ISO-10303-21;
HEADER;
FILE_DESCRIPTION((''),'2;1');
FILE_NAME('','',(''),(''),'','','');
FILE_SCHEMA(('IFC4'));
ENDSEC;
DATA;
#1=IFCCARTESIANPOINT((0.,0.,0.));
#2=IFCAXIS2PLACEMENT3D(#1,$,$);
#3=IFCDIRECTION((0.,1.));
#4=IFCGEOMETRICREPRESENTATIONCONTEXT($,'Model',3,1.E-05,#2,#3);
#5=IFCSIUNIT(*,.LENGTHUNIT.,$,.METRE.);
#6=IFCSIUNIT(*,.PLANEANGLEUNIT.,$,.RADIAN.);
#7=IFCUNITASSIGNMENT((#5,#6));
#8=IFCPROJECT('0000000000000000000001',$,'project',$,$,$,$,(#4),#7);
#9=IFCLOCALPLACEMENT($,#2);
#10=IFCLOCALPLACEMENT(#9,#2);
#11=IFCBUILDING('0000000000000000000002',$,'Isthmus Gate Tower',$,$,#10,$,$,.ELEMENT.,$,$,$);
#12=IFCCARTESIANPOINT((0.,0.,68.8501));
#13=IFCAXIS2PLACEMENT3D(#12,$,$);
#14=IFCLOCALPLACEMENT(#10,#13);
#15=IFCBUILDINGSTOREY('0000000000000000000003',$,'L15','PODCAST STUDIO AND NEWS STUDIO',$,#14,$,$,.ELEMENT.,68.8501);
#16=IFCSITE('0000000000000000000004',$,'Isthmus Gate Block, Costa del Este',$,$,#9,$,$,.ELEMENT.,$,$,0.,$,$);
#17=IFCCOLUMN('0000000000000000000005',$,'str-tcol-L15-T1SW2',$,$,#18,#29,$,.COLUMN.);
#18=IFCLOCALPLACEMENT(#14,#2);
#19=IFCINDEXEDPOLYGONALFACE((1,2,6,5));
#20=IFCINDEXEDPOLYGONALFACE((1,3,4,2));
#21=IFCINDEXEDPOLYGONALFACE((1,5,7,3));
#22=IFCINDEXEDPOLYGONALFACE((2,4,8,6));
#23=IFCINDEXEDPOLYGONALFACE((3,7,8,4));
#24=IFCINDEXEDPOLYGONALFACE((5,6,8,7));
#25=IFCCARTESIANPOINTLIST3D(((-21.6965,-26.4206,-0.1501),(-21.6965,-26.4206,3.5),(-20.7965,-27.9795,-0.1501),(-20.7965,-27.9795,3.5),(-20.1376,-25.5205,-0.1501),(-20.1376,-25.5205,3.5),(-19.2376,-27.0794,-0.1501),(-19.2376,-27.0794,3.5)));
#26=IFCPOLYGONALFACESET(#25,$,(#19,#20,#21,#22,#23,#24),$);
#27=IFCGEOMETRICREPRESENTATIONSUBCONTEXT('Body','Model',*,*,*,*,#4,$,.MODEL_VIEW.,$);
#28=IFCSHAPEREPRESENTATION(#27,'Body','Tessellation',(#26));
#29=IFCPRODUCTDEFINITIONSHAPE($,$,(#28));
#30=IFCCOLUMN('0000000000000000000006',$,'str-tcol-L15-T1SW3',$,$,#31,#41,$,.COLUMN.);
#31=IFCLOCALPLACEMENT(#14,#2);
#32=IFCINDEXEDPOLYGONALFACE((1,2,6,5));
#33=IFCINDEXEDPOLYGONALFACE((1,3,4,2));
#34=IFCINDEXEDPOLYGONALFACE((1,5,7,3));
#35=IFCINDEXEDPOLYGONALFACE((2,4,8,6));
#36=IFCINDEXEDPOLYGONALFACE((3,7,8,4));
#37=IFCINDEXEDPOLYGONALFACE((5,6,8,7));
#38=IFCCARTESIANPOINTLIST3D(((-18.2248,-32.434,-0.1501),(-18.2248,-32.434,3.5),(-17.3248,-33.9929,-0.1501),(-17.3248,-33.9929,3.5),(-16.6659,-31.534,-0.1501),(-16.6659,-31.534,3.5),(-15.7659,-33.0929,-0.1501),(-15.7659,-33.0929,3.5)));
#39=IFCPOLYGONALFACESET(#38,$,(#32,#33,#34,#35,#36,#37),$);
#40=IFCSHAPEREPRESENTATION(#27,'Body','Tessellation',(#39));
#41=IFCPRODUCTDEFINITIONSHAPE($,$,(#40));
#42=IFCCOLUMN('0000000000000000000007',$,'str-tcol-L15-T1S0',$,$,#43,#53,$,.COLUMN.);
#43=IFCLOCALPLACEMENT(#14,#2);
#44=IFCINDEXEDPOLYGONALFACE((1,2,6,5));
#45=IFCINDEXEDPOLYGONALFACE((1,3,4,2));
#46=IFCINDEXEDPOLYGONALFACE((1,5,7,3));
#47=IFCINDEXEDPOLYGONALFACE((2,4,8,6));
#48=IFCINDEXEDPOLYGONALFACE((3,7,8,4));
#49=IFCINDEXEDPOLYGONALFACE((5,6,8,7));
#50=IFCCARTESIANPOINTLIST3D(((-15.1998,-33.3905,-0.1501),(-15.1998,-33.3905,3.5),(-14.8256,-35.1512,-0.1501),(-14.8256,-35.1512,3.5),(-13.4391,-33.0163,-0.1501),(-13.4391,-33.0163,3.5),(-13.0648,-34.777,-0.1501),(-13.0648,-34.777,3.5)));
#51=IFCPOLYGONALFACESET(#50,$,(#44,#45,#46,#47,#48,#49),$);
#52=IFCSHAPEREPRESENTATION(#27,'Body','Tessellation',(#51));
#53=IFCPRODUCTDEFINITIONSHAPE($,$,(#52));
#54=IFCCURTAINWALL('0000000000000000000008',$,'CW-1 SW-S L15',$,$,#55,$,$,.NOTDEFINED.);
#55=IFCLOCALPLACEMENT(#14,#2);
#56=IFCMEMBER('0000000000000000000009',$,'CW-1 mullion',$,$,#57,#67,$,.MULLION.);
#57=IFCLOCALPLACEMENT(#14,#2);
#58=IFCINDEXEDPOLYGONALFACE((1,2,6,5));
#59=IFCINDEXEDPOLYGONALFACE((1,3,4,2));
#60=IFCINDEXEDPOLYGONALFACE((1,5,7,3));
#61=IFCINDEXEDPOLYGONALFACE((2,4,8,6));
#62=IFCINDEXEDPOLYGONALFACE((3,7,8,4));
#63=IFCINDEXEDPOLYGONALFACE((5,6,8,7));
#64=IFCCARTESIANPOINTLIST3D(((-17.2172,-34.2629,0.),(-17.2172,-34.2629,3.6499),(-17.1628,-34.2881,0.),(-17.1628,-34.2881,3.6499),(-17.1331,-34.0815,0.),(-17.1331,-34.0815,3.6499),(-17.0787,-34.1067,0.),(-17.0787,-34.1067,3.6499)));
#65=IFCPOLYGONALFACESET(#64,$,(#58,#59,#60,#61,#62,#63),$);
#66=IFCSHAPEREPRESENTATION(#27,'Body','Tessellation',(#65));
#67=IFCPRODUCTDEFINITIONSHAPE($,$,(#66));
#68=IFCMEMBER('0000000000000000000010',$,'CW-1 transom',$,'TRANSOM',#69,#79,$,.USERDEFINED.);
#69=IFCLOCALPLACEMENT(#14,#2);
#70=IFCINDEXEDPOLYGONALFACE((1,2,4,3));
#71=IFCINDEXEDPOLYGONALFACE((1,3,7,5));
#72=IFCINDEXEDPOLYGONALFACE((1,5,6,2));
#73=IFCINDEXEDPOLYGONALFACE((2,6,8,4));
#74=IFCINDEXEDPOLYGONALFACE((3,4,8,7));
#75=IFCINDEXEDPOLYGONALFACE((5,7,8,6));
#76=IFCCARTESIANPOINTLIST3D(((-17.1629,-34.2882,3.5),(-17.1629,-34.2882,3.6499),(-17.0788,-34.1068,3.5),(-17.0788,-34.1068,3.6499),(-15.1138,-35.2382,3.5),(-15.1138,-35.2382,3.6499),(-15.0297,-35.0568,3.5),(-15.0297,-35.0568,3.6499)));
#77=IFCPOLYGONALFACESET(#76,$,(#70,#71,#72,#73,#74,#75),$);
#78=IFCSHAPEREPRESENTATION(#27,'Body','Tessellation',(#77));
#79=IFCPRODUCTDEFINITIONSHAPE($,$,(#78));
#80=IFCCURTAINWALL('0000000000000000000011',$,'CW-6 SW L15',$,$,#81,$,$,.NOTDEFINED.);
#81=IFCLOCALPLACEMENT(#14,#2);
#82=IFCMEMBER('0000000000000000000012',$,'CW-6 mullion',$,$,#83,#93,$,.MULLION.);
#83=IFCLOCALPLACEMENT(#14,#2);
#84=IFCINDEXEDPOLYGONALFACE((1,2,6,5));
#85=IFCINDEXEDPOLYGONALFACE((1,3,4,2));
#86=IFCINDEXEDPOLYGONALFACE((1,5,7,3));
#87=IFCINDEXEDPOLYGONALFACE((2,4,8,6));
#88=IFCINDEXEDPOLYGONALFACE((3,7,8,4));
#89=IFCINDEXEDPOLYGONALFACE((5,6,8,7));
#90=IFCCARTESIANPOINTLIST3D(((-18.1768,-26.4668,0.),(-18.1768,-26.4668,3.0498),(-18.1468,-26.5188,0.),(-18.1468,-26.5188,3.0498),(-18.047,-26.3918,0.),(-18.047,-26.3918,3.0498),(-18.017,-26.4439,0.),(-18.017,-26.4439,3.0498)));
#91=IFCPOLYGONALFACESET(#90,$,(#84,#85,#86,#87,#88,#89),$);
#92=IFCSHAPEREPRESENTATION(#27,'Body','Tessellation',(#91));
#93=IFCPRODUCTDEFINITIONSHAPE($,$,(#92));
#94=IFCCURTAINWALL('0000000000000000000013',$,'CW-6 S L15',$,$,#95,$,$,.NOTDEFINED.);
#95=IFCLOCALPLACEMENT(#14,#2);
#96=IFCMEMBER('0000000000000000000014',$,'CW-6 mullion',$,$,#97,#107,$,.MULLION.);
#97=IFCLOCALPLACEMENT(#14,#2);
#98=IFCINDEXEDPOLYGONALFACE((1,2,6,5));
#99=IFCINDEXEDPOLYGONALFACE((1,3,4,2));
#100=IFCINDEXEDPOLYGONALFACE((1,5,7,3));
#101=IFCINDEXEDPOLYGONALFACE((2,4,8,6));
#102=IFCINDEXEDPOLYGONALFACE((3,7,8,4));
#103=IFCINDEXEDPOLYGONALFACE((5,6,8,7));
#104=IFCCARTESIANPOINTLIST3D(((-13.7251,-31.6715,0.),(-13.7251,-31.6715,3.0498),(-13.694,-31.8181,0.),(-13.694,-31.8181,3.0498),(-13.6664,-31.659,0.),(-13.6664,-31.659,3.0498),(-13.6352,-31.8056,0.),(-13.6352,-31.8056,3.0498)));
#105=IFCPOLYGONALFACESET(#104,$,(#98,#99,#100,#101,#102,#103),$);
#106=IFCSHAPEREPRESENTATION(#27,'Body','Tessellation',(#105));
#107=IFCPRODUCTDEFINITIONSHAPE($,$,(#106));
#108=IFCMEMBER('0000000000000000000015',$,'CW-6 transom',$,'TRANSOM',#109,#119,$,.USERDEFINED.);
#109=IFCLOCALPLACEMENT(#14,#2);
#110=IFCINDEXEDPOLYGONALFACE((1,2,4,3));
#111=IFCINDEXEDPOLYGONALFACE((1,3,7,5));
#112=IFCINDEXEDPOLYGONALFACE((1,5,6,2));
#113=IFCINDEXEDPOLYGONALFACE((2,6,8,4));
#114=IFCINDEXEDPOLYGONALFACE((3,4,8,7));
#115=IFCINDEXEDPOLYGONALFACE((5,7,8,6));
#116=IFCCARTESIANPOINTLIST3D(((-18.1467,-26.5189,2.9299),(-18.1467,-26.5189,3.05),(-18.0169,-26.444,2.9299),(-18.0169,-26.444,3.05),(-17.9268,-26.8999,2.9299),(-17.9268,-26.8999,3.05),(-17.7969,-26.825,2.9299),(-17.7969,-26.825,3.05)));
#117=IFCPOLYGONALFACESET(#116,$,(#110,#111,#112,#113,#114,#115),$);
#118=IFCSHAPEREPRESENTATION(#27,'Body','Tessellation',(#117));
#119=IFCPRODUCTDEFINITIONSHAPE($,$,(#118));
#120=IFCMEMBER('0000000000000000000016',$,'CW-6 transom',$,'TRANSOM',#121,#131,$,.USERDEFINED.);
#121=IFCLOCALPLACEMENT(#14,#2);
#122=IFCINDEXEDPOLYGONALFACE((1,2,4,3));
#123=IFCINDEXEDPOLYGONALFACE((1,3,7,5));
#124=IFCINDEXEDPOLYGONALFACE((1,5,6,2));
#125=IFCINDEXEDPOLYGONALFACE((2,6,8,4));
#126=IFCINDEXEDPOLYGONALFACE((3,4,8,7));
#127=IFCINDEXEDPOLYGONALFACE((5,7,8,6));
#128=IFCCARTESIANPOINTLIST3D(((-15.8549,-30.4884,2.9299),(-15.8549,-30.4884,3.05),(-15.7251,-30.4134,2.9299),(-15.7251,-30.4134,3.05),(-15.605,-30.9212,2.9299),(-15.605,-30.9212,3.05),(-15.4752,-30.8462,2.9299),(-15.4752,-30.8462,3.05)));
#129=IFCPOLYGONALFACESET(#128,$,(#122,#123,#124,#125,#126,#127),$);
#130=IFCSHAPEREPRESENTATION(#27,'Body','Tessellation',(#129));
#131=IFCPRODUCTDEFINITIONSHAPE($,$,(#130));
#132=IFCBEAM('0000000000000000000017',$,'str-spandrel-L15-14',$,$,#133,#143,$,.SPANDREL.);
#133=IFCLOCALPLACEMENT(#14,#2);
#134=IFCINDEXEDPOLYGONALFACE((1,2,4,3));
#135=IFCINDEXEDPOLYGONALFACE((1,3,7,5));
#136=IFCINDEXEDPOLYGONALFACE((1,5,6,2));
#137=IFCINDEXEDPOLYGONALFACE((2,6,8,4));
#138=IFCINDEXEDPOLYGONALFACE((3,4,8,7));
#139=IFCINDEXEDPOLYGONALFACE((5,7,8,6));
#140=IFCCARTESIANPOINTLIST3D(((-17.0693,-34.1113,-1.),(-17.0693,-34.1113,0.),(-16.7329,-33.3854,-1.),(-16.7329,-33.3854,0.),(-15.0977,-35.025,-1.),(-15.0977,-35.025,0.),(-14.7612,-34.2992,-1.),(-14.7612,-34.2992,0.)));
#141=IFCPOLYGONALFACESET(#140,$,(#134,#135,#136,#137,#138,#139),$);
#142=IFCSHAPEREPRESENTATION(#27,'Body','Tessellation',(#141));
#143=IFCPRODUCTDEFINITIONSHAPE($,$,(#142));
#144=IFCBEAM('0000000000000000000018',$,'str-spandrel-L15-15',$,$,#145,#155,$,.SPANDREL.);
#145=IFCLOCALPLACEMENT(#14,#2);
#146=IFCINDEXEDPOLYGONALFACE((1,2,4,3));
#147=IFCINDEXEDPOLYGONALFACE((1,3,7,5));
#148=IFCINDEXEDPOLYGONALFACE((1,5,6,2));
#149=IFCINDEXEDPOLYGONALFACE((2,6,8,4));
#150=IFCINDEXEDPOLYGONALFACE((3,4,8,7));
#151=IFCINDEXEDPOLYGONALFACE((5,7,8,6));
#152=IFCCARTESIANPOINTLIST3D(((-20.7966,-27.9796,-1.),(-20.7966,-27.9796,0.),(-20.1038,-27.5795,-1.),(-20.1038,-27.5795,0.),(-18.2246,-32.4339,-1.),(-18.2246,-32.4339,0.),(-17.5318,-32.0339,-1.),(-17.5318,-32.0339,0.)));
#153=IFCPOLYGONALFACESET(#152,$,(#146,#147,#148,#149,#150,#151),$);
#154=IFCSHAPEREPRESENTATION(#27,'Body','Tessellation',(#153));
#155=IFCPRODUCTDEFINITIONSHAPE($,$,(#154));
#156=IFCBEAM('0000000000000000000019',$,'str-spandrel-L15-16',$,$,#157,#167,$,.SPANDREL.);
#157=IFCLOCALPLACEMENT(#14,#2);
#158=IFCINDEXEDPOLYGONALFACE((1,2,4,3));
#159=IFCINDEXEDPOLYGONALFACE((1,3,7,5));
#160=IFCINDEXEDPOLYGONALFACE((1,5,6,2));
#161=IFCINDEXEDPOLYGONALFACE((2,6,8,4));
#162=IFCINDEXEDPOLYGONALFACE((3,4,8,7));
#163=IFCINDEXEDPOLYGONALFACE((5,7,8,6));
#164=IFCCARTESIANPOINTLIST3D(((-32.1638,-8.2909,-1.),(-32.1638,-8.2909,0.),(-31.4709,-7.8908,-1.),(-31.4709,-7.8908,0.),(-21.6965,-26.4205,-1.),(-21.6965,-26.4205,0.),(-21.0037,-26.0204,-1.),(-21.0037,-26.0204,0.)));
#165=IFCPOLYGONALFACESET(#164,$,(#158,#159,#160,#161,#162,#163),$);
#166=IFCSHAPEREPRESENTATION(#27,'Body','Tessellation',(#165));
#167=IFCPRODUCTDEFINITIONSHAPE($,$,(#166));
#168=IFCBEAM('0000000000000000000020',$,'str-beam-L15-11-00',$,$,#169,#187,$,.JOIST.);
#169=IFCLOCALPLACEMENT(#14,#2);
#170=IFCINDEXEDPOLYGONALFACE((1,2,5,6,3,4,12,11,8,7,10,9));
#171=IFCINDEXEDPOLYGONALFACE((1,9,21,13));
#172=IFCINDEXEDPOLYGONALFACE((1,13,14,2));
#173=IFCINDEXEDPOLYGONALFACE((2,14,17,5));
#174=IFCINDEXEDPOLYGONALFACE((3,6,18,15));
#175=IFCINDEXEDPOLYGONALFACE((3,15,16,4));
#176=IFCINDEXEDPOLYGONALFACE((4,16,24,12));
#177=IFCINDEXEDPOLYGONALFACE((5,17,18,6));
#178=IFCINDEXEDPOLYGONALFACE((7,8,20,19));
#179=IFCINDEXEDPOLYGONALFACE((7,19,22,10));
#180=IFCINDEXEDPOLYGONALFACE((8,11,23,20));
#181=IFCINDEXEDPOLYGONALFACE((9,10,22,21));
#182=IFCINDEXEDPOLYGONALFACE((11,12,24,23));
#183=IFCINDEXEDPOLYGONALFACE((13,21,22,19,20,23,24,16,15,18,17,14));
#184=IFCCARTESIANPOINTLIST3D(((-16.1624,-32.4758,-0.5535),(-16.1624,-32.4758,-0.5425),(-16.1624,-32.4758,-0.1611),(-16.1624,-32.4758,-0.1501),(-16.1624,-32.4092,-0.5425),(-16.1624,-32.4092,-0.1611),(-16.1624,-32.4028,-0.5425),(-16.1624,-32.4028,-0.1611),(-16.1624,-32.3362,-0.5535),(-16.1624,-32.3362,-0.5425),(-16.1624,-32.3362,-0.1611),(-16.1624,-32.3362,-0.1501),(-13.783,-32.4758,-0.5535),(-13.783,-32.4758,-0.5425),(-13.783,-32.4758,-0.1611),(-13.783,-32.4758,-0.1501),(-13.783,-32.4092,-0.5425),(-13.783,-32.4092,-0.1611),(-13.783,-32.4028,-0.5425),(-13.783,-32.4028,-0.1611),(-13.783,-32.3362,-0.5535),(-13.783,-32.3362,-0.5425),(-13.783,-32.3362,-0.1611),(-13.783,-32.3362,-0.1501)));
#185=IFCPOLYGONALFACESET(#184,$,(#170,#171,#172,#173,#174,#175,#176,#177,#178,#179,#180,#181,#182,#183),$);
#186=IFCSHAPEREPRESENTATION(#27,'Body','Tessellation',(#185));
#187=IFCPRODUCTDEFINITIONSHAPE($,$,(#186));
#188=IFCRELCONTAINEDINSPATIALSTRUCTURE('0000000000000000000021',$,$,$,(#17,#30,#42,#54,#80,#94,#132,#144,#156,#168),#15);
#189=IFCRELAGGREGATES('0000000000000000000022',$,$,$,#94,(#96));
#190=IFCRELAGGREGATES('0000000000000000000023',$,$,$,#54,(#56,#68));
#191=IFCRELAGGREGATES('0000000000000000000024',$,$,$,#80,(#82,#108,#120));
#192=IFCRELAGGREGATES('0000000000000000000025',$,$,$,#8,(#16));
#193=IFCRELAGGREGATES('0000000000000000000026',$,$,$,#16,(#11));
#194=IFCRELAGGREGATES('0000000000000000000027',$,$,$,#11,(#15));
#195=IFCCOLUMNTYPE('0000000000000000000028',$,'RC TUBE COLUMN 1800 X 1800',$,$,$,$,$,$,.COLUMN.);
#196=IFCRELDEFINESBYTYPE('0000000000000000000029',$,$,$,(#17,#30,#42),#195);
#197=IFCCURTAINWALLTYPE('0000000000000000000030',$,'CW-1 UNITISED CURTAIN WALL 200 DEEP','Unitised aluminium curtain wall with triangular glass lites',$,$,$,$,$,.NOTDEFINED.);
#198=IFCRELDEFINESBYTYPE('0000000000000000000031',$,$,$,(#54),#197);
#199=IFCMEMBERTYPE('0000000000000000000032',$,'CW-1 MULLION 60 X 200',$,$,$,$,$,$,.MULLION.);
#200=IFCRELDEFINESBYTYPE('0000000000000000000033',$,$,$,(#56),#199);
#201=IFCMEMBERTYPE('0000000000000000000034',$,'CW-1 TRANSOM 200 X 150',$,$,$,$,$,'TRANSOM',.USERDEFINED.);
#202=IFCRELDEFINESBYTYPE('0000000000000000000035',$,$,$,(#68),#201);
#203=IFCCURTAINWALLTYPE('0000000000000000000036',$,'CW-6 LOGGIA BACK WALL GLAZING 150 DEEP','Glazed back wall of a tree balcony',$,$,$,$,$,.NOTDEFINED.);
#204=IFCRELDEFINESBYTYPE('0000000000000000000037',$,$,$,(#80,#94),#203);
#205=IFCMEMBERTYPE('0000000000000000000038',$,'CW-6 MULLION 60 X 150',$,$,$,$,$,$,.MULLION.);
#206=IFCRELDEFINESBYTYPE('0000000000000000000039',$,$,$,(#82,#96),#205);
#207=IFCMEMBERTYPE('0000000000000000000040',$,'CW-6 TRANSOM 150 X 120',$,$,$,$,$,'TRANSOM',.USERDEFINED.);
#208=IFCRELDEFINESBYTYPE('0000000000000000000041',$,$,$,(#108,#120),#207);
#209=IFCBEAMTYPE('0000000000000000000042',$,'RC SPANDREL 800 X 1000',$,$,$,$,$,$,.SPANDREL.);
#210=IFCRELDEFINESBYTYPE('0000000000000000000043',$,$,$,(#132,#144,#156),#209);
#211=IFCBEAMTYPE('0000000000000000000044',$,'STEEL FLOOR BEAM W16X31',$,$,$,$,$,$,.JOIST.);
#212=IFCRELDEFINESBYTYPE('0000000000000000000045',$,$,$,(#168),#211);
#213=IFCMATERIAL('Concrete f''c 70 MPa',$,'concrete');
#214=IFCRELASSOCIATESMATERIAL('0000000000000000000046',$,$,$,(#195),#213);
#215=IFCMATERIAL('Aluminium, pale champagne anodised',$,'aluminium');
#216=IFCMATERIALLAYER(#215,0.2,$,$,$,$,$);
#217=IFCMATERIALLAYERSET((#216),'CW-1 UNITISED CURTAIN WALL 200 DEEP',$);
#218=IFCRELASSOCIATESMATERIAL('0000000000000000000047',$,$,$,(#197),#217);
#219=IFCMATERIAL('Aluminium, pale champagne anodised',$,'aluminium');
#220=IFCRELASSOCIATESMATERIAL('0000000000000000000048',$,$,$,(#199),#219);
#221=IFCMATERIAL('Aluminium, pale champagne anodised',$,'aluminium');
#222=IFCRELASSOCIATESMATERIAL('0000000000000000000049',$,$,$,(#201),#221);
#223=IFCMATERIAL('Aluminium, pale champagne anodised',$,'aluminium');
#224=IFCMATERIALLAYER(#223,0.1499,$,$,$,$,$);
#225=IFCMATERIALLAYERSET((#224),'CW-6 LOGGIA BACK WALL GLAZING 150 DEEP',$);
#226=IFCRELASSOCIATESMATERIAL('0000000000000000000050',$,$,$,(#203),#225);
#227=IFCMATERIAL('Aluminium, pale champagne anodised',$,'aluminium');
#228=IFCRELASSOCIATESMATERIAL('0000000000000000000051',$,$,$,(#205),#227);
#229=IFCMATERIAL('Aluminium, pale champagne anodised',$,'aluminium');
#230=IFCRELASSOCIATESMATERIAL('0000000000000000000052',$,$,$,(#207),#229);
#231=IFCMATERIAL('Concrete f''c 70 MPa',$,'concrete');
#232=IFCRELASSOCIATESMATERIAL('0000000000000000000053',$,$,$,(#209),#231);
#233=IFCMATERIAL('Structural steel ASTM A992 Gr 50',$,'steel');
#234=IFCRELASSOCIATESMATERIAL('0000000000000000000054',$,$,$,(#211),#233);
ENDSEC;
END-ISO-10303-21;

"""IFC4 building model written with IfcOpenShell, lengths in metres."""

from ifc_helpers import new_model, si_unit, direction, frame, origin, origin_2d, place, context, subcontext, project, spatial, rectangle, i_section, extrude, material, layer, layer_set, material_profile, profile_set, type_object, element, aggregate, save


model = new_model("IFC4")

# Units and contexts
model_context = context("Model", 3, precision=1e-05, world=origin(), true_north=direction((0.0, 1.0)))
body_context = subcontext(model_context, "Body", "Model", "MODEL_VIEW")
ifc_project = project(units=[si_unit("LENGTHUNIT", "METRE"), si_unit("PLANEANGLEUNIT", "RADIAN")], contexts=[model_context])

# Site, building, storey
site_placement = place(None, origin())
site = spatial("IfcSite", under=ifc_project, at=site_placement, Name="Isthmus Gate Block, Costa del Este", CompositionType="ELEMENT", RefElevation=0.0)
building_placement = place(site_placement, origin())
building = spatial("IfcBuilding", under=site, at=building_placement, Name="Isthmus Gate Tower", CompositionType="ELEMENT")
storey_placement = place(building_placement, frame((0.0, 0.0, 68.8501)))
storey = spatial("IfcBuildingStorey", under=building, at=storey_placement, Name="L15", Description="PODCAST STUDIO AND NEWS STUDIO", CompositionType="ELEMENT", Elevation=68.8501)

# Columns
ifc_material_1 = material(Name="Concrete f'c 70 MPa", Category="concrete")
ifc_material_profile_1 = material_profile(ifc_material_1, rectangle(XDim=1.8, YDim=1.8, at=origin_2d()), Name="RC 1800X1800")
ifc_profile_set_1 = profile_set([ifc_material_profile_1], Name="Concrete f'c 70 MPa")
column_type = type_object("IfcColumnType", Name="RC TUBE COLUMN 1800 X 1800", PredefinedType="COLUMN", material=ifc_profile_set_1)
for number, where, z_axis, x_axis, name in (
    (1, (-20.467, -26.75, -0.1501), (0.0, 0.0, 1.0), (0.5, -0.866025, 0.0), "str-tcol-L15-T1SW2"),
    (2, (-16.9954, -32.7634, -0.1501), (0.0, 0.0, 1.0), (0.5, -0.866025, 0.0), "str-tcol-L15-T1SW3"),
    (3, (-14.1323, -34.0837, -0.1501), (0.0, 0.0, 1.0), (0.978148, 0.207912, 0.0), "str-tcol-L15-T1S0"),
):
    element("IfcColumn", number, at=place(storey_placement, frame(where, z_axis=z_axis, x_axis=x_axis)), inside=storey, type_object=column_type, Name=name, PredefinedType="COLUMN", context=body_context, shape_type="SweptSolid", body=[
        extrude(rectangle(XDim=1.8, YDim=1.8, at=origin_2d()), origin(), (0.0, 0.0, 1.0), 3.6501),
    ])

# Curtain wall, members
ifc_material_2 = material(Name="Aluminium, pale champagne anodised", Category="aluminium")
ifc_layer_1 = layer(ifc_material_2, 0.2)
ifc_layer_set_1 = layer_set([ifc_layer_1], Name="CW-1 UNITISED CURTAIN WALL 200 DEEP")
curtain_wall_type_1 = type_object("IfcCurtainWallType", Name="CW-1 UNITISED CURTAIN WALL 200 DEEP", Description="Unitised aluminium curtain wall with triangular glass lites", PredefinedType="NOTDEFINED", material=ifc_layer_set_1)
curtain_wall_1_placement = place(storey_placement, origin())
curtain_wall_1 = element("IfcCurtainWall", 4, at=curtain_wall_1_placement, inside=storey, type_object=curtain_wall_type_1, Name="CW-1 SW-S L15", PredefinedType="NOTDEFINED")
ifc_material_3 = material(Name="Aluminium, pale champagne anodised", Category="aluminium")
ifc_material_profile_2 = material_profile(ifc_material_3, rectangle(XDim=0.0601, YDim=0.2, at=origin_2d()), Name="60x200")
ifc_profile_set_2 = profile_set([ifc_material_profile_2], Name="Aluminium, pale champagne anodised")
member_type_1 = type_object("IfcMemberType", Name="CW-1 MULLION 60 X 200", PredefinedType="MULLION", material=ifc_profile_set_2)
member_1_placement = place(storey_placement, frame((-17.1479, -34.1848, 0.0), z_axis=(0.0, 0.0, 1.0), x_axis=(0.907256, -0.420578, 0.0)))
member_1 = element("IfcMember", 5, at=member_1_placement, type_object=member_type_1, Name="CW-1 mullion", PredefinedType="MULLION", context=body_context, shape_type="SweptSolid", body=[
    extrude(rectangle(XDim=0.0601, YDim=0.2, at=origin_2d()), origin(), (0.0, 0.0, 1.0), 3.6499),
])
ifc_material_4 = material(Name="Aluminium, pale champagne anodised", Category="aluminium")
ifc_material_profile_3 = material_profile(ifc_material_4, rectangle(XDim=0.2, YDim=0.1499, at=origin_2d()), Name="200x150")
ifc_profile_set_3 = profile_set([ifc_material_profile_3], Name="Aluminium, pale champagne anodised")
member_type_2 = type_object("IfcMemberType", Name="CW-1 TRANSOM 200 X 150", ElementType="TRANSOM", PredefinedType="USERDEFINED", material=ifc_profile_set_3)
member_2_placement = place(storey_placement, frame((-17.1208, -34.1975, 3.575), z_axis=(0.907246, -0.4206, 0.0), x_axis=(0.4206, 0.907246, 0.0)))
member_2 = element("IfcMember", 6, at=member_2_placement, type_object=member_type_2, Name="CW-1 transom", ObjectType="TRANSOM", PredefinedType="USERDEFINED", context=body_context, shape_type="SweptSolid", body=[
    extrude(rectangle(XDim=0.2, YDim=0.1499, at=origin_2d()), origin(), (0.0, 0.0, 1.0), 2.2585),
])

# Curtain walls, members
ifc_material_5 = material(Name="Aluminium, pale champagne anodised", Category="aluminium")
ifc_layer_2 = layer(ifc_material_5, 0.1499)
ifc_layer_set_2 = layer_set([ifc_layer_2], Name="CW-6 LOGGIA BACK WALL GLAZING 150 DEEP")
curtain_wall_type_2 = type_object("IfcCurtainWallType", Name="CW-6 LOGGIA BACK WALL GLAZING 150 DEEP", Description="Glazed back wall of a tree balcony", PredefinedType="NOTDEFINED", material=ifc_layer_set_2)
curtain_wall_2_placement = place(storey_placement, origin())
curtain_wall_2 = element("IfcCurtainWall", 7, at=curtain_wall_2_placement, inside=storey, type_object=curtain_wall_type_2, Name="CW-6 SW L15", PredefinedType="NOTDEFINED")
ifc_material_6 = material(Name="Aluminium, pale champagne anodised", Category="aluminium")
ifc_material_profile_4 = material_profile(ifc_material_6, rectangle(XDim=0.0601, YDim=0.1499, at=origin_2d()), Name="60x150")
ifc_profile_set_4 = profile_set([ifc_material_profile_4], Name="Aluminium, pale champagne anodised")
member_type_3 = type_object("IfcMemberType", Name="CW-6 MULLION 60 X 150", PredefinedType="MULLION", material=ifc_profile_set_4)
member_3_placement = place(storey_placement, frame((-18.0969, -26.4553, 0.0), z_axis=(0.0, 0.0, 1.0), x_axis=(0.5, -0.866025, 0.0)))
member_3 = element("IfcMember", 8, at=member_3_placement, type_object=member_type_3, Name="CW-6 mullion", PredefinedType="MULLION", context=body_context, shape_type="SweptSolid", body=[
    extrude(rectangle(XDim=0.0601, YDim=0.1499, at=origin_2d()), origin(), (0.0, 0.0, 1.0), 3.0498),
])
curtain_wall_3_placement = place(storey_placement, origin())
curtain_wall_3 = element("IfcCurtainWall", 9, at=curtain_wall_3_placement, inside=storey, type_object=curtain_wall_type_2, Name="CW-6 S L15", PredefinedType="NOTDEFINED")
member_4_placement = place(storey_placement, frame((-13.6802, -31.7385, 0.0), z_axis=(0.0, 0.0, 1.0), x_axis=(0.978148, 0.207912, 0.0)))
member_4 = element("IfcMember", 10, at=member_4_placement, type_object=member_type_3, Name="CW-6 mullion", PredefinedType="MULLION", context=body_context, shape_type="SweptSolid", body=[
    extrude(rectangle(XDim=0.0601, YDim=0.1499, at=origin_2d()), origin(), (0.0, 0.0, 1.0), 3.0498),
])
aggregate(curtain_wall_3, [member_4])

# Members
ifc_material_7 = material(Name="Aluminium, pale champagne anodised", Category="aluminium")
ifc_material_profile_5 = material_profile(ifc_material_7, rectangle(XDim=0.1499, YDim=0.1201, at=origin_2d()), Name="150x120")
ifc_profile_set_5 = profile_set([ifc_material_profile_5], Name="Aluminium, pale champagne anodised")
member_type_4 = type_object("IfcMemberType", Name="CW-6 TRANSOM 150 X 120", ElementType="TRANSOM", PredefinedType="USERDEFINED", material=ifc_profile_set_5)
member_5_placement = place(storey_placement, frame((-18.0818, -26.4814, 2.99), z_axis=(0.499899, -0.866084, 0.0), x_axis=(0.866084, 0.499899, 0.0)))
member_5 = element("IfcMember", 11, at=member_5_placement, type_object=member_type_4, Name="CW-6 transom", ObjectType="TRANSOM", PredefinedType="USERDEFINED", context=body_context, shape_type="SweptSolid", body=[
    extrude(rectangle(XDim=0.1499, YDim=0.1201, at=origin_2d()), origin(), (0.0, 0.0, 1.0), 0.4399),
])
member_6_placement = place(storey_placement, frame((-15.79, -30.4509, 2.99), z_axis=(0.500131, -0.86595, 0.0), x_axis=(0.86595, 0.500131, 0.0)))
member_6 = element("IfcMember", 12, at=member_6_placement, type_object=member_type_4, Name="CW-6 transom", ObjectType="TRANSOM", PredefinedType="USERDEFINED", context=body_context, shape_type="SweptSolid", body=[
    extrude(rectangle(XDim=0.1499, YDim=0.1201, at=origin_2d()), origin(), (0.0, 0.0, 1.0), 0.4998),
])

# Beams
ifc_material_8 = material(Name="Concrete f'c 70 MPa", Category="concrete")
ifc_material_profile_6 = material_profile(ifc_material_8, rectangle(XDim=0.8, YDim=1.0, at=origin_2d()), Name="RC 800X1000")
ifc_profile_set_6 = profile_set([ifc_material_profile_6], Name="Concrete f'c 70 MPa")
beam_type_1 = type_object("IfcBeamType", Name="RC SPANDREL 800 X 1000", PredefinedType="SPANDREL", material=ifc_profile_set_6)
beam_1_placement = place(storey_placement, frame((-14.9294, -34.6621, -0.5), z_axis=(-0.907291, 0.420504, 0.0), x_axis=(-0.420504, -0.907291, 0.0)))
element("IfcBeam", 13, at=beam_1_placement, inside=storey, type_object=beam_type_1, Name="str-spandrel-L15-14", PredefinedType="SPANDREL", context=body_context, shape_type="SweptSolid", body=[
    extrude(rectangle(XDim=0.8, YDim=1.0, at=origin_2d()), origin(), (0.0, 0.0, 1.0), 2.1731),
])
beam_2_placement = place(storey_placement, frame((-17.8782, -32.2339, -0.5), z_axis=(-0.500044, 0.866, 0.0), x_axis=(-0.866, -0.500044, 0.0)))
element("IfcBeam", 14, at=beam_2_placement, inside=storey, type_object=beam_type_1, Name="str-spandrel-L15-15", PredefinedType="SPANDREL", context=body_context, shape_type="SweptSolid", body=[
    extrude(rectangle(XDim=0.8, YDim=1.0, at=origin_2d()), origin(), (0.0, 0.0, 1.0), 5.1436),
])
beam_3_placement = place(storey_placement, frame((-21.3501, -26.2205, -0.5), z_axis=(-0.500005, 0.866023, 0.0), x_axis=(-0.866023, -0.500005, 0.0)))
element("IfcBeam", 15, at=beam_3_placement, inside=storey, type_object=beam_type_1, Name="str-spandrel-L15-16", PredefinedType="SPANDREL", context=body_context, shape_type="SweptSolid", body=[
    extrude(rectangle(XDim=0.8, YDim=1.0, at=origin_2d()), origin(), (0.0, 0.0, 1.0), 20.9343),
])
ifc_material_9 = material(Name="Structural steel ASTM A992 Gr 50", Category="steel")
ifc_material_profile_7 = material_profile(ifc_material_9, i_section(OverallWidth=0.1396, OverallDepth=0.4033, WebThickness=0.0063, FlangeThickness=0.011, at=origin_2d()), Name="W16X31")
ifc_profile_set_7 = profile_set([ifc_material_profile_7], Name="Structural steel ASTM A992 Gr 50")
beam_type_2 = type_object("IfcBeamType", Name="STEEL FLOOR BEAM W16X31", PredefinedType="JOIST", material=ifc_profile_set_7)
beam_4_placement = place(storey_placement, frame((-16.1624, -32.406, -0.3518), z_axis=(1.0, 0.0, 0.0), x_axis=(0.0, 1.0, 0.0)))
element("IfcBeam", 16, at=beam_4_placement, inside=storey, type_object=beam_type_2, Name="str-beam-L15-11-00", PredefinedType="JOIST", context=body_context, shape_type="SweptSolid", body=[
    extrude(i_section(OverallWidth=0.1396, OverallDepth=0.4033, WebThickness=0.0063, FlangeThickness=0.011, at=origin_2d()), origin(), (0.0, 0.0, 1.0), 2.3794),
])

aggregate(curtain_wall_1, [member_1, member_2])
aggregate(curtain_wall_2, [member_3, member_5, member_6])

save(model, "model.ifc")
